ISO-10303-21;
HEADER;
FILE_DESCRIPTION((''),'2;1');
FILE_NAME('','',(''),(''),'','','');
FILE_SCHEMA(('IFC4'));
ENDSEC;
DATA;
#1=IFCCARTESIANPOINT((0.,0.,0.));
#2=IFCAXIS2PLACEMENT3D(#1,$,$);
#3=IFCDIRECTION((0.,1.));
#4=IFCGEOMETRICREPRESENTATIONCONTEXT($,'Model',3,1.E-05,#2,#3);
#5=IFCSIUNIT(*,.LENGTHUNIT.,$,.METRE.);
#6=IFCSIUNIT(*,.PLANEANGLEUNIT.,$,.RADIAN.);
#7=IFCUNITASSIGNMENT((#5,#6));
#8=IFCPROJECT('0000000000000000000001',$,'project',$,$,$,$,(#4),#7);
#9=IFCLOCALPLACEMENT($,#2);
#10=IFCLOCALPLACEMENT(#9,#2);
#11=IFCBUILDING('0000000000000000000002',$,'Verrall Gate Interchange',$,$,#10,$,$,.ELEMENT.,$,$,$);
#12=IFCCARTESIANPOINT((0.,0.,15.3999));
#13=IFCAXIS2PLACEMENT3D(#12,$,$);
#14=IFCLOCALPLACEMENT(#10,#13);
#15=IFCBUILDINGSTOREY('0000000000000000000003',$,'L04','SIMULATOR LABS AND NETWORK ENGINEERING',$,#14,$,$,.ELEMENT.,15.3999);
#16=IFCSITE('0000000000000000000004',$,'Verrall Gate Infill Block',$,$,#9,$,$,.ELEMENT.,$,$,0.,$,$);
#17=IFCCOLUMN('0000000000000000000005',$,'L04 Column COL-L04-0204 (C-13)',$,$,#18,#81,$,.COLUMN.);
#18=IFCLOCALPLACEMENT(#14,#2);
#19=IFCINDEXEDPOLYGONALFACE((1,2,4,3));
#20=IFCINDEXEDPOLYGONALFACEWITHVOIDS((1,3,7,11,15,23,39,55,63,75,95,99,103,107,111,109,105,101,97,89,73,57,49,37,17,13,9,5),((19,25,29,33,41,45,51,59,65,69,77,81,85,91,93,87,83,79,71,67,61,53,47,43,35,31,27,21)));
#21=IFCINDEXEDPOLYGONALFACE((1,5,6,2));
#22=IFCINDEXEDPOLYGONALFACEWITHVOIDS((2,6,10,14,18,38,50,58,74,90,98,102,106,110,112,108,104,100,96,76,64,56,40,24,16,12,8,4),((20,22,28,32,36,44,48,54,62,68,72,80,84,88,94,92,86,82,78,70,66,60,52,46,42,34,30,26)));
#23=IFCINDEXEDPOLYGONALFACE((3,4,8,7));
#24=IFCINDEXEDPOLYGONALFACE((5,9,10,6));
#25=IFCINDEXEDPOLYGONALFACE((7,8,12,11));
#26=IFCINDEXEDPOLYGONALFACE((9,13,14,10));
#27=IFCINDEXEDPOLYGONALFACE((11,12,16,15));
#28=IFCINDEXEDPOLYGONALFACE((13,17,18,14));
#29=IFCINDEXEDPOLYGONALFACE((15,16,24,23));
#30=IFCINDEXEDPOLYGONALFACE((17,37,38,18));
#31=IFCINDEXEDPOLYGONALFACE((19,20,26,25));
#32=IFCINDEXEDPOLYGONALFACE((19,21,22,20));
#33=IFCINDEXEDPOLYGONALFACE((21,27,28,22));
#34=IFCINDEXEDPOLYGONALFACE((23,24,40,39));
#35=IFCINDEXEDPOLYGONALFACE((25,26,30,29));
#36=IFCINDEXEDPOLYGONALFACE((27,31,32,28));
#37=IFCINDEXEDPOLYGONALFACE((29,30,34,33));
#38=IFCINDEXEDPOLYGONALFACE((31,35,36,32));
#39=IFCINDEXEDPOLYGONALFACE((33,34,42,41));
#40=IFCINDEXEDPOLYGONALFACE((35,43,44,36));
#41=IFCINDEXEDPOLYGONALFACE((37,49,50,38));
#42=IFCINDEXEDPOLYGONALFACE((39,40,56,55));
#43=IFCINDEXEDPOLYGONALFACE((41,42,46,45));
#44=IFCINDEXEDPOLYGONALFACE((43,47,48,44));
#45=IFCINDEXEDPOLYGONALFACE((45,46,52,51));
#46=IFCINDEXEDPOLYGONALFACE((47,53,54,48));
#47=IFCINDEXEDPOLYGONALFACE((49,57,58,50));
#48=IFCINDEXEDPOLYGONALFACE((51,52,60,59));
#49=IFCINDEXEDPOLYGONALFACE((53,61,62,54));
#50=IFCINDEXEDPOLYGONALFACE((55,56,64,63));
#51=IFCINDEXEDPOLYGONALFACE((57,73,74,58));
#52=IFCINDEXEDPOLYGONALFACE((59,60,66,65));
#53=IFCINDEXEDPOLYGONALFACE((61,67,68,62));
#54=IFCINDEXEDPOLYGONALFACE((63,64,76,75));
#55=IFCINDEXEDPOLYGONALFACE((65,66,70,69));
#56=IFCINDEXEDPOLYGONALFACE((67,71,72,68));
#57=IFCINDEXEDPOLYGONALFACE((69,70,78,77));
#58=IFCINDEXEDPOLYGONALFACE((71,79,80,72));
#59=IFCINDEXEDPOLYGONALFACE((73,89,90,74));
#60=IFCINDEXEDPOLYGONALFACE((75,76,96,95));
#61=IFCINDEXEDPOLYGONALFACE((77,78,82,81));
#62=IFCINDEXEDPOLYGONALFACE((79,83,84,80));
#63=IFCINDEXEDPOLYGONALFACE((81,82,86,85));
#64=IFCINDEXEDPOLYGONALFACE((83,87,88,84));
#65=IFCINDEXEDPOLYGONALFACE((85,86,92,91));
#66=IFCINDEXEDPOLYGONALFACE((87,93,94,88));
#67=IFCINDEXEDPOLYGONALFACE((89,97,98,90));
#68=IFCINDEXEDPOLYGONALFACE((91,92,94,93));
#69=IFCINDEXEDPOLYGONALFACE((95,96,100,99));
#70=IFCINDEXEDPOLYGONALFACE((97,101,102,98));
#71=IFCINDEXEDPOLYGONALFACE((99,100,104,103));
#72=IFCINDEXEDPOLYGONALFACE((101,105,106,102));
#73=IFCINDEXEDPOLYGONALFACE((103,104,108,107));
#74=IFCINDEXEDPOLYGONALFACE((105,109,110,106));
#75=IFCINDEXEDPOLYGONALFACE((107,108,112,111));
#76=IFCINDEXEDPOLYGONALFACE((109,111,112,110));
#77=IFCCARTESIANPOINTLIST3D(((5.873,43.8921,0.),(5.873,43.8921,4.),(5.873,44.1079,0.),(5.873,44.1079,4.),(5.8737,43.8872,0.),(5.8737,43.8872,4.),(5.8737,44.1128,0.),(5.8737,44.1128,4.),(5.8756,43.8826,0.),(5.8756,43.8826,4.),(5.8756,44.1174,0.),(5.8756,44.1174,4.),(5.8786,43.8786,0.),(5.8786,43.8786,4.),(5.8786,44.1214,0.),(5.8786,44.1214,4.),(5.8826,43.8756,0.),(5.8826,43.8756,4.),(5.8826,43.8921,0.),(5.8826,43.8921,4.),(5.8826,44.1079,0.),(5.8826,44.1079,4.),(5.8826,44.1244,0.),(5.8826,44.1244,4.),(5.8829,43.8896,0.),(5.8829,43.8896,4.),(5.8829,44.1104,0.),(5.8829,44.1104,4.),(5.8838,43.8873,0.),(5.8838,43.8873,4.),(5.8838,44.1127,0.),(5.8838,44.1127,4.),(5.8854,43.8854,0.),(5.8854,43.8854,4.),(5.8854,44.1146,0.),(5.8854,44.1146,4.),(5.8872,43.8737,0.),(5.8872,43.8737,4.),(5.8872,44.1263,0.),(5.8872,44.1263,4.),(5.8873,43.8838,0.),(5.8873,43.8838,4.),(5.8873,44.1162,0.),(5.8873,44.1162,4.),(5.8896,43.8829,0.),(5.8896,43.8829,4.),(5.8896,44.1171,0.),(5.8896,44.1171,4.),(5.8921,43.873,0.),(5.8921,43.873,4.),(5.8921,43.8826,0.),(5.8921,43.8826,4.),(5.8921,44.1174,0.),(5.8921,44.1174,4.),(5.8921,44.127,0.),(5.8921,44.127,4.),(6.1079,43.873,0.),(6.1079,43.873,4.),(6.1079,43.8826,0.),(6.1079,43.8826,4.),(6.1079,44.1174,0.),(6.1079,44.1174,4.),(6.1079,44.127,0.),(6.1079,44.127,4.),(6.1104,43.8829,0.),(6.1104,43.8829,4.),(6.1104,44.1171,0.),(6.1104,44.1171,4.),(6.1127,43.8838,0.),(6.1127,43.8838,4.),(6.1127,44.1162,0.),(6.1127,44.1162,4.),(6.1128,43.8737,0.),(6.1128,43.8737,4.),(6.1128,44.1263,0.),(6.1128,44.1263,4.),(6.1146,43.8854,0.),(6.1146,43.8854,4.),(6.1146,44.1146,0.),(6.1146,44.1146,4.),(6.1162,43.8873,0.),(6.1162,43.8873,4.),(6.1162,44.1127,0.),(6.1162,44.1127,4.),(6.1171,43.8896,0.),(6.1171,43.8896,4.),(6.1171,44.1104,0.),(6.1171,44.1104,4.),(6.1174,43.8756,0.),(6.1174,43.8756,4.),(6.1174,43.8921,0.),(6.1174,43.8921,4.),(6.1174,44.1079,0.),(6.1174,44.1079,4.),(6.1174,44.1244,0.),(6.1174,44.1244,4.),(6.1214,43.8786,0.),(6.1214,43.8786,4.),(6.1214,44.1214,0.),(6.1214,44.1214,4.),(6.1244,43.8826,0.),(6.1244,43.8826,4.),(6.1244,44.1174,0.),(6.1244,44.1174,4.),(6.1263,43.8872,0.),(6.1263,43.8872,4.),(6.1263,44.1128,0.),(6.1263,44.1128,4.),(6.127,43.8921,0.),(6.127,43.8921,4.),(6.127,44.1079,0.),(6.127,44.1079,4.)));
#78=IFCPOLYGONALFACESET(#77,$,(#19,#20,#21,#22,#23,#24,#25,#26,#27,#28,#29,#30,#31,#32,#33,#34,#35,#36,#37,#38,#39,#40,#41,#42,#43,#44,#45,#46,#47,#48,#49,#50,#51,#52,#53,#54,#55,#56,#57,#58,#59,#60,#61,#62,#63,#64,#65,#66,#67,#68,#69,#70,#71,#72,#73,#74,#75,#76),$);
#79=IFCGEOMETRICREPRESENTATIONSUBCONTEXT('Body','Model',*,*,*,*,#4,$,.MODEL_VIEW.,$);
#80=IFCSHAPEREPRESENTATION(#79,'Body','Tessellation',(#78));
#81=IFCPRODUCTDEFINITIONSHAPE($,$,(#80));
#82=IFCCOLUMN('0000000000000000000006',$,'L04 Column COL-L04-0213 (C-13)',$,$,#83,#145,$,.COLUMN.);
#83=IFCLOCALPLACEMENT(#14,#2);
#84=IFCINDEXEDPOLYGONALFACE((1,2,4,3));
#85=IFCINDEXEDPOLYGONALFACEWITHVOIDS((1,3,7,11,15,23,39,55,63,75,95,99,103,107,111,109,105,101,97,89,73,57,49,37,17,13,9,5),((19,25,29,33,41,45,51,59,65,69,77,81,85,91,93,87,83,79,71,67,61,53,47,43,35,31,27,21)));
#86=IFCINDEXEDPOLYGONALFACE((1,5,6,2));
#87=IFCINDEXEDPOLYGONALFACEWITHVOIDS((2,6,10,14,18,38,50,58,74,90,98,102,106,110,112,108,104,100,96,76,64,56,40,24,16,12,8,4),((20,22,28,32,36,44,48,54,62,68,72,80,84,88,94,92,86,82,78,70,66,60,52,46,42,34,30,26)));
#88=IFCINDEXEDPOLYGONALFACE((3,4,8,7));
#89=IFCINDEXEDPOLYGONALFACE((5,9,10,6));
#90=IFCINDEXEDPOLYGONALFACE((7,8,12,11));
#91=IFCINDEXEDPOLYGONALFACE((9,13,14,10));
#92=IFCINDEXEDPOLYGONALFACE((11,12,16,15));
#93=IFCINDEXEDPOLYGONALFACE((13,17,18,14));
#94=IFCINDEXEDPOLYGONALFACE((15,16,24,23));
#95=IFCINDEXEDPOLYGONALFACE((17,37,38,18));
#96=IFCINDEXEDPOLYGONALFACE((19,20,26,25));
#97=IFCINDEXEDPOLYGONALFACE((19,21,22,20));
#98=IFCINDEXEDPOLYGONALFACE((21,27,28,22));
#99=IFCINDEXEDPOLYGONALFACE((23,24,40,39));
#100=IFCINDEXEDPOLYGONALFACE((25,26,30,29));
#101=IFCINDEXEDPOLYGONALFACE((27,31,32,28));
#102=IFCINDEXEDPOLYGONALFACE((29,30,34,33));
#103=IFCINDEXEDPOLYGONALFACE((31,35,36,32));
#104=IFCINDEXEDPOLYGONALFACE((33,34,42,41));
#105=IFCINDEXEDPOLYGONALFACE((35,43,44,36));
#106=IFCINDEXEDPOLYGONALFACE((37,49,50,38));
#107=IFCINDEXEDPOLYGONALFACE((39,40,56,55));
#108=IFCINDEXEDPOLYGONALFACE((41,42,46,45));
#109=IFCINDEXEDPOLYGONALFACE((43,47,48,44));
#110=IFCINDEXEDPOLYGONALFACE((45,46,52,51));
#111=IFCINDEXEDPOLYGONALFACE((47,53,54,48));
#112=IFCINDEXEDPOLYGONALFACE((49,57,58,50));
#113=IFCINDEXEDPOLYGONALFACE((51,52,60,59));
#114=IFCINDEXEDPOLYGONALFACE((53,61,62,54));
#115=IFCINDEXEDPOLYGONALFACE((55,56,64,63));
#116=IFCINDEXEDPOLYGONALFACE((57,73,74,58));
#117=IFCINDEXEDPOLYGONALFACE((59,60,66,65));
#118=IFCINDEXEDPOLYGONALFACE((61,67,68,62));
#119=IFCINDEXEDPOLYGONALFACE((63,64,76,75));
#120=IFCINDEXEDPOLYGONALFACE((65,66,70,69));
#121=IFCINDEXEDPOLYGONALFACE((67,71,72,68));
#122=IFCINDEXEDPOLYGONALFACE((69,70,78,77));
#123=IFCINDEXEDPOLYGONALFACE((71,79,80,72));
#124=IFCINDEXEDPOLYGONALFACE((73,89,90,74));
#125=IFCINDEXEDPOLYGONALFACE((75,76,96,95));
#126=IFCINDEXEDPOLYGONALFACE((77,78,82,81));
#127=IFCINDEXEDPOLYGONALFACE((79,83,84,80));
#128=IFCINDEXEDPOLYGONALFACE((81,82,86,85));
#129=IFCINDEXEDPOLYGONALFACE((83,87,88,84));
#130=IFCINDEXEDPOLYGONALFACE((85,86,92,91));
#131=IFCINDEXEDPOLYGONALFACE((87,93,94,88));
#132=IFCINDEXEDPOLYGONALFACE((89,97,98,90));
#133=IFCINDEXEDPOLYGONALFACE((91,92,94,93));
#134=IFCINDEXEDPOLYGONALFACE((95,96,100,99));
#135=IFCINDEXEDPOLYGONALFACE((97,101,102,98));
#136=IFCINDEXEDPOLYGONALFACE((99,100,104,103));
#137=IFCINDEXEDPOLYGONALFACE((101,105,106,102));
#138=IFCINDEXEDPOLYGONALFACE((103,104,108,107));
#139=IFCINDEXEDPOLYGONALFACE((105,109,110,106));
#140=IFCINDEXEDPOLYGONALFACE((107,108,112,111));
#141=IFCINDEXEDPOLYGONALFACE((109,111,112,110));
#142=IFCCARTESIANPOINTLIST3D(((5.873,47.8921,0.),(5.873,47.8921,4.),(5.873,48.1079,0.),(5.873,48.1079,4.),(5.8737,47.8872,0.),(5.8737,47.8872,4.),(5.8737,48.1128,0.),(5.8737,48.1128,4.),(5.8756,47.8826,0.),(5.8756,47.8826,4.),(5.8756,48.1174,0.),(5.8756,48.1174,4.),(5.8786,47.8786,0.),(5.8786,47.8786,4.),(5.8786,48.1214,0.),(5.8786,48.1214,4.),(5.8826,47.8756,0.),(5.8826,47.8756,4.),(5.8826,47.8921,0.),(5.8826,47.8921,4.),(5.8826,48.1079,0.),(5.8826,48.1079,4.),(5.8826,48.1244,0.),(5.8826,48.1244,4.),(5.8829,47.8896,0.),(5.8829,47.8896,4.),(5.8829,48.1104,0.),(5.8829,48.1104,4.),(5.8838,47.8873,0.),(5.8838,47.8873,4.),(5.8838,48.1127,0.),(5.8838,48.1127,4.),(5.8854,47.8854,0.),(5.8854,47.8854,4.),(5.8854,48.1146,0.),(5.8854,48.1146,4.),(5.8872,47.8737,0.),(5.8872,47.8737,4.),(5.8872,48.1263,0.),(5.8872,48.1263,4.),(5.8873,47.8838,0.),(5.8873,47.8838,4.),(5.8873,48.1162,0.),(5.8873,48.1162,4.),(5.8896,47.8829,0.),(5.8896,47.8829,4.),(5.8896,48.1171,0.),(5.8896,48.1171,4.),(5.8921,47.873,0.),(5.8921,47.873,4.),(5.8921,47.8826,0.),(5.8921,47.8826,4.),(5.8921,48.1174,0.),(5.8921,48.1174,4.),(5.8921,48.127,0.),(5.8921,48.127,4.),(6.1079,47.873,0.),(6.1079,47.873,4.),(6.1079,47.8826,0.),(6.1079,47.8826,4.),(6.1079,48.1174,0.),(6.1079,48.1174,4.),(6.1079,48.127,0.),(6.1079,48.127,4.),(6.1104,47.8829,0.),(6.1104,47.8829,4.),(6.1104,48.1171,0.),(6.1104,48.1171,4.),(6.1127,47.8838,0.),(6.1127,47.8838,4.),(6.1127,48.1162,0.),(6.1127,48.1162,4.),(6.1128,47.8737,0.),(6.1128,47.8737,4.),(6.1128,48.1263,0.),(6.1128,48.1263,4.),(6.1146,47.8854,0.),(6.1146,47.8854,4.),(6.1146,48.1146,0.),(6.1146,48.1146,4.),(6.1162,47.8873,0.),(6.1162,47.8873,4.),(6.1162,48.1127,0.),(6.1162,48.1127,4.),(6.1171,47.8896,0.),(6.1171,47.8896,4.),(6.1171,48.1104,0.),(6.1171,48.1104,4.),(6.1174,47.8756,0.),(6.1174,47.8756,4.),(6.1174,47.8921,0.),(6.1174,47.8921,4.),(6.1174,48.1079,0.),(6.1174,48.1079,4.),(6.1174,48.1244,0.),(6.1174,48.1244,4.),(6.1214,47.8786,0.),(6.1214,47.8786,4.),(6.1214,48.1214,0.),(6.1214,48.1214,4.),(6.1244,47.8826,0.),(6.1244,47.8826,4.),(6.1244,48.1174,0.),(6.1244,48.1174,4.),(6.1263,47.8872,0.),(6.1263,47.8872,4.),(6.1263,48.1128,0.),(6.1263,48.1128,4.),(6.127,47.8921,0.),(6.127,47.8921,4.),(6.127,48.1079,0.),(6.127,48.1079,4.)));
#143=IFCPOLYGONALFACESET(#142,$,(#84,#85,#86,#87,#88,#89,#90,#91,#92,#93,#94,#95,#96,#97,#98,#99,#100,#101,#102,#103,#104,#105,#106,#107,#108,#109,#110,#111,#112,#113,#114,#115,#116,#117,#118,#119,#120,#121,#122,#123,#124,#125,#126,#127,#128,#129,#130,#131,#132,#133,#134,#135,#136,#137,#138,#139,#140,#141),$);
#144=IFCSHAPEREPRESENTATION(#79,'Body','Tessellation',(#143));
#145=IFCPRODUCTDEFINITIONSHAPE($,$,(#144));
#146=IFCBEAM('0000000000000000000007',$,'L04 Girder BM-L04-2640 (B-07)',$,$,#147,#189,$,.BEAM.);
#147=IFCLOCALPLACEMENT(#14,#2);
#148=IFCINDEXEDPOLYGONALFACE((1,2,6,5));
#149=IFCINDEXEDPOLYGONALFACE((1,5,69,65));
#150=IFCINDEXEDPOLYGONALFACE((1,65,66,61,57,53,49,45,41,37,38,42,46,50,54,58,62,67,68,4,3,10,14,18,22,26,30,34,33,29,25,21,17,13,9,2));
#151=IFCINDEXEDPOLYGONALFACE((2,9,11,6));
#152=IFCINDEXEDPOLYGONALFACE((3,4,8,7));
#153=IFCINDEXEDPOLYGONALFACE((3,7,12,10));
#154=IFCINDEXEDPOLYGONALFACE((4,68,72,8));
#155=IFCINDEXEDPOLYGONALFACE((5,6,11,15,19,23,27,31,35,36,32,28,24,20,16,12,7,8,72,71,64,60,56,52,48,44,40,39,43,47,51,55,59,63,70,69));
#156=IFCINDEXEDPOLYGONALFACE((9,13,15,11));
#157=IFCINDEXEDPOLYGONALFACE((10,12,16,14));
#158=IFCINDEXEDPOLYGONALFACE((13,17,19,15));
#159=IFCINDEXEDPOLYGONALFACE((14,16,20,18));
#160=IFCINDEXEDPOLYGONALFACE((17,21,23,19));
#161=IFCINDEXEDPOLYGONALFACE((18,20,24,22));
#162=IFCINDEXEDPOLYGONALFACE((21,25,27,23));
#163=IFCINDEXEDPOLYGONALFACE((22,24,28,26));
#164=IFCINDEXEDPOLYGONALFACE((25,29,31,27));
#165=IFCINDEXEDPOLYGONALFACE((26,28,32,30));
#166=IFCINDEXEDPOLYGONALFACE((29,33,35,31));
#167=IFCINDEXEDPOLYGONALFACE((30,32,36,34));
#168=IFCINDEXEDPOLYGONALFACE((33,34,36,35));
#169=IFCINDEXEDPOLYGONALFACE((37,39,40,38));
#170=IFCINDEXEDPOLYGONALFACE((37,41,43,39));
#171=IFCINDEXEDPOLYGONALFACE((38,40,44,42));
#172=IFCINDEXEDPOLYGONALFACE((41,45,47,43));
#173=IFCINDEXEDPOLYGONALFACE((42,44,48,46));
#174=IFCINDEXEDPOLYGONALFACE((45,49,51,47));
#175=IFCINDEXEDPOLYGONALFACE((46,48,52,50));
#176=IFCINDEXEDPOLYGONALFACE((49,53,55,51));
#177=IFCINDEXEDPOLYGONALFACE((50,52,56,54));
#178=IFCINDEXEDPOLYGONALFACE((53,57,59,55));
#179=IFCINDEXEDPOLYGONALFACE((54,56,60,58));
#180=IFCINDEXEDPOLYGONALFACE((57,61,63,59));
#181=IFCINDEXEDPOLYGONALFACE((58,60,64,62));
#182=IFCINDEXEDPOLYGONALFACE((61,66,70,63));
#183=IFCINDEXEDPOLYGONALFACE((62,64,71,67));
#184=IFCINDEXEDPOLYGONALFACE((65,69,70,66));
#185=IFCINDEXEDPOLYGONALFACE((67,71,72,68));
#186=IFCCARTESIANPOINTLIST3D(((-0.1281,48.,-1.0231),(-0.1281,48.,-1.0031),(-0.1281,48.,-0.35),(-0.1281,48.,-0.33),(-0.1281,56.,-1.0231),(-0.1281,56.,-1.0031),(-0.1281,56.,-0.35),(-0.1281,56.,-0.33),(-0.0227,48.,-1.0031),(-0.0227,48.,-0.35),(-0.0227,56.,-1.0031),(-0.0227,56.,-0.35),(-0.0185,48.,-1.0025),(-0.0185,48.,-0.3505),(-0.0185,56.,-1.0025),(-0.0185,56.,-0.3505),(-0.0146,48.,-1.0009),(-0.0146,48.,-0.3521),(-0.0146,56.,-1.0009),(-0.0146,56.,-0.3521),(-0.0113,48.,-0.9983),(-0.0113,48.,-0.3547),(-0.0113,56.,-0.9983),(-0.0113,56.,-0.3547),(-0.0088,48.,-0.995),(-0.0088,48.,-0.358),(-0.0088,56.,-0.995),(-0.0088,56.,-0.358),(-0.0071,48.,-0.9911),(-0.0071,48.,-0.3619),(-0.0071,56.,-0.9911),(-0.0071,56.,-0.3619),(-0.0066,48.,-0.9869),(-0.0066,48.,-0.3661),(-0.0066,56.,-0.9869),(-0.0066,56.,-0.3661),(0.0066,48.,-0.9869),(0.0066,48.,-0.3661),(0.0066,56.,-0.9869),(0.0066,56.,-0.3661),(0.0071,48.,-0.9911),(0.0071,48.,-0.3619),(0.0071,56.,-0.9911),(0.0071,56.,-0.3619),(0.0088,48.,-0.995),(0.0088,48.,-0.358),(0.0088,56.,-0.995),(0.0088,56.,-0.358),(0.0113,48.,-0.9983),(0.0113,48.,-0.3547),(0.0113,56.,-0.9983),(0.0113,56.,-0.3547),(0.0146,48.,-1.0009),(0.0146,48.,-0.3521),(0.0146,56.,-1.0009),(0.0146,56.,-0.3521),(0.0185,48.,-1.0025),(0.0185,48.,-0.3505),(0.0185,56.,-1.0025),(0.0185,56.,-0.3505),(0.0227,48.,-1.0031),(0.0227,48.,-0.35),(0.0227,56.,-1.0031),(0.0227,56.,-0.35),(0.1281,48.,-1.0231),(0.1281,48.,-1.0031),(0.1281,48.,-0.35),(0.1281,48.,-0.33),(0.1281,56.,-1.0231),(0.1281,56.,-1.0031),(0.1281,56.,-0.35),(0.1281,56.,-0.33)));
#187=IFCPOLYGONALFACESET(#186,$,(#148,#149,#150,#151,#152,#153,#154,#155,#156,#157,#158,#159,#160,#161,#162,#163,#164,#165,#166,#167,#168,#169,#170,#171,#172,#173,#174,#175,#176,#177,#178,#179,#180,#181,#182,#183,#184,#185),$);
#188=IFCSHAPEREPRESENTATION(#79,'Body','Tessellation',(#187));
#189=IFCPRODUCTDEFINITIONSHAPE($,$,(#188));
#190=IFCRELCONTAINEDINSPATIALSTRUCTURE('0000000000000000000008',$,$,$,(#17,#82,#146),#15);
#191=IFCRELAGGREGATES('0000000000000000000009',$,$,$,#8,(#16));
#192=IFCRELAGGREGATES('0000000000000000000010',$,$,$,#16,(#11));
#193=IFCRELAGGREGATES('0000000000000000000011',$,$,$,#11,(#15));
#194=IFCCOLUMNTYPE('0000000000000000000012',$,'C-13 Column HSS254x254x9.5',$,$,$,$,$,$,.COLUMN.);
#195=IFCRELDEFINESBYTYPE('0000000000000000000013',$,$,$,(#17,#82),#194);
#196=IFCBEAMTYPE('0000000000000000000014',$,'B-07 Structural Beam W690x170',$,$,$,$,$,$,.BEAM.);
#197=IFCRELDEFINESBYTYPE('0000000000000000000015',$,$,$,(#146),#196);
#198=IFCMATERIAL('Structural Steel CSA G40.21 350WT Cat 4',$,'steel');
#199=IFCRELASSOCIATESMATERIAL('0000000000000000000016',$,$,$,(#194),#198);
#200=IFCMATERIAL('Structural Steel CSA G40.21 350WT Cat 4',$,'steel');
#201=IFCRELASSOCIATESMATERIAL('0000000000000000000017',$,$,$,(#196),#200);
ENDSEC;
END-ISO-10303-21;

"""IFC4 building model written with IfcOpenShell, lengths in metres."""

from ifc_helpers import new_model, si_unit, direction, frame, origin, origin_2d, place, context, subcontext, project, spatial, hollow_rectangle, i_section, extrude, material, material_profile, profile_set, type_object, element, save


model = new_model("IFC4")

# Units and contexts
model_context = context("Model", 3, precision=1e-05, world=origin(), true_north=direction((0.0, 1.0)))
body_context = subcontext(model_context, "Body", "Model", "MODEL_VIEW")
ifc_project = project(units=[si_unit("LENGTHUNIT", "METRE"), si_unit("PLANEANGLEUNIT", "RADIAN")], contexts=[model_context])

# Site, building, storey
site_placement = place(None, origin())
site = spatial("IfcSite", under=ifc_project, at=site_placement, Name="Verrall Gate Infill Block", CompositionType="ELEMENT", RefElevation=0.0)
building_placement = place(site_placement, origin())
building = spatial("IfcBuilding", under=site, at=building_placement, Name="Verrall Gate Interchange", CompositionType="ELEMENT")
storey_placement = place(building_placement, frame((0.0, 0.0, 15.3999)))
storey = spatial("IfcBuildingStorey", under=building, at=storey_placement, Name="L04", Description="SIMULATOR LABS AND NETWORK ENGINEERING", CompositionType="ELEMENT", Elevation=15.3999)

# Columns
ifc_material_1 = material(Name="Structural Steel CSA G40.21 350WT Cat 4", Category="steel")
ifc_material_profile_1 = material_profile(ifc_material_1, hollow_rectangle(XDim=0.2539, YDim=0.2539, WallThickness=0.0095, InnerFilletRadius=0.0095, OuterFilletRadius=0.019, at=origin_2d()), Name="HSS254x254x9.5")
ifc_profile_set_1 = profile_set([ifc_material_profile_1], Name="Structural Steel CSA G40.21 350WT Cat 4")
column_type_1 = type_object("IfcColumnType", Name="C-13 Column HSS254x254x9.5", PredefinedType="COLUMN", material=ifc_profile_set_1)
for number, where, z_axis, x_axis, name in (
    (1, (6.0, 44.0, 0.0), (0.0, 0.0, 1.0), (1.0, 0.0, 0.0), "L04 Column COL-L04-0204 (C-13)"),
    (2, (6.0, 48.0, 0.0), (0.0, 0.0, 1.0), (1.0, 0.0, 0.0), "L04 Column COL-L04-0213 (C-13)"),
):
    element("IfcColumn", number, at=place(storey_placement, frame(where, z_axis=z_axis, x_axis=x_axis)), inside=storey, type_object=column_type_1, Name=name, PredefinedType="COLUMN", context=body_context, shape_type="SweptSolid", body=[
        extrude(hollow_rectangle(XDim=0.2539, YDim=0.2539, WallThickness=0.0095, InnerFilletRadius=0.0095, OuterFilletRadius=0.019, at=origin_2d()), origin(), (0.0, 0.0, 1.0), 4.0),
    ])

# Beam
ifc_material_2 = material(Name="Structural Steel CSA G40.21 350WT Cat 4", Category="steel")
ifc_material_profile_2 = material_profile(ifc_material_2, i_section(OverallWidth=0.2561, OverallDepth=0.6931, WebThickness=0.0132, FlangeThickness=0.02, FilletRadius=0.0161, at=origin_2d()), Name="W690x170")
ifc_profile_set_2 = profile_set([ifc_material_profile_2], Name="Structural Steel CSA G40.21 350WT Cat 4")
beam_type_1 = type_object("IfcBeamType", Name="B-07 Structural Beam W690x170", PredefinedType="BEAM", material=ifc_profile_set_2)
for number, where, z_axis, x_axis, name in (
    (3, (0.0, 48.0, -0.6765), (0.0, 1.0, 0.0), (-1.0, 0.0, 0.0), "L04 Girder BM-L04-2640 (B-07)"),
):
    element("IfcBeam", number, at=place(storey_placement, frame(where, z_axis=z_axis, x_axis=x_axis)), inside=storey, type_object=beam_type_1, Name=name, PredefinedType="BEAM", context=body_context, shape_type="SweptSolid", body=[
        extrude(i_section(OverallWidth=0.2561, OverallDepth=0.6931, WebThickness=0.0132, FlangeThickness=0.02, FilletRadius=0.0161, at=origin_2d()), origin(), (0.0, 0.0, 1.0), 8.0),
    ])

save(model, "model.ifc")
